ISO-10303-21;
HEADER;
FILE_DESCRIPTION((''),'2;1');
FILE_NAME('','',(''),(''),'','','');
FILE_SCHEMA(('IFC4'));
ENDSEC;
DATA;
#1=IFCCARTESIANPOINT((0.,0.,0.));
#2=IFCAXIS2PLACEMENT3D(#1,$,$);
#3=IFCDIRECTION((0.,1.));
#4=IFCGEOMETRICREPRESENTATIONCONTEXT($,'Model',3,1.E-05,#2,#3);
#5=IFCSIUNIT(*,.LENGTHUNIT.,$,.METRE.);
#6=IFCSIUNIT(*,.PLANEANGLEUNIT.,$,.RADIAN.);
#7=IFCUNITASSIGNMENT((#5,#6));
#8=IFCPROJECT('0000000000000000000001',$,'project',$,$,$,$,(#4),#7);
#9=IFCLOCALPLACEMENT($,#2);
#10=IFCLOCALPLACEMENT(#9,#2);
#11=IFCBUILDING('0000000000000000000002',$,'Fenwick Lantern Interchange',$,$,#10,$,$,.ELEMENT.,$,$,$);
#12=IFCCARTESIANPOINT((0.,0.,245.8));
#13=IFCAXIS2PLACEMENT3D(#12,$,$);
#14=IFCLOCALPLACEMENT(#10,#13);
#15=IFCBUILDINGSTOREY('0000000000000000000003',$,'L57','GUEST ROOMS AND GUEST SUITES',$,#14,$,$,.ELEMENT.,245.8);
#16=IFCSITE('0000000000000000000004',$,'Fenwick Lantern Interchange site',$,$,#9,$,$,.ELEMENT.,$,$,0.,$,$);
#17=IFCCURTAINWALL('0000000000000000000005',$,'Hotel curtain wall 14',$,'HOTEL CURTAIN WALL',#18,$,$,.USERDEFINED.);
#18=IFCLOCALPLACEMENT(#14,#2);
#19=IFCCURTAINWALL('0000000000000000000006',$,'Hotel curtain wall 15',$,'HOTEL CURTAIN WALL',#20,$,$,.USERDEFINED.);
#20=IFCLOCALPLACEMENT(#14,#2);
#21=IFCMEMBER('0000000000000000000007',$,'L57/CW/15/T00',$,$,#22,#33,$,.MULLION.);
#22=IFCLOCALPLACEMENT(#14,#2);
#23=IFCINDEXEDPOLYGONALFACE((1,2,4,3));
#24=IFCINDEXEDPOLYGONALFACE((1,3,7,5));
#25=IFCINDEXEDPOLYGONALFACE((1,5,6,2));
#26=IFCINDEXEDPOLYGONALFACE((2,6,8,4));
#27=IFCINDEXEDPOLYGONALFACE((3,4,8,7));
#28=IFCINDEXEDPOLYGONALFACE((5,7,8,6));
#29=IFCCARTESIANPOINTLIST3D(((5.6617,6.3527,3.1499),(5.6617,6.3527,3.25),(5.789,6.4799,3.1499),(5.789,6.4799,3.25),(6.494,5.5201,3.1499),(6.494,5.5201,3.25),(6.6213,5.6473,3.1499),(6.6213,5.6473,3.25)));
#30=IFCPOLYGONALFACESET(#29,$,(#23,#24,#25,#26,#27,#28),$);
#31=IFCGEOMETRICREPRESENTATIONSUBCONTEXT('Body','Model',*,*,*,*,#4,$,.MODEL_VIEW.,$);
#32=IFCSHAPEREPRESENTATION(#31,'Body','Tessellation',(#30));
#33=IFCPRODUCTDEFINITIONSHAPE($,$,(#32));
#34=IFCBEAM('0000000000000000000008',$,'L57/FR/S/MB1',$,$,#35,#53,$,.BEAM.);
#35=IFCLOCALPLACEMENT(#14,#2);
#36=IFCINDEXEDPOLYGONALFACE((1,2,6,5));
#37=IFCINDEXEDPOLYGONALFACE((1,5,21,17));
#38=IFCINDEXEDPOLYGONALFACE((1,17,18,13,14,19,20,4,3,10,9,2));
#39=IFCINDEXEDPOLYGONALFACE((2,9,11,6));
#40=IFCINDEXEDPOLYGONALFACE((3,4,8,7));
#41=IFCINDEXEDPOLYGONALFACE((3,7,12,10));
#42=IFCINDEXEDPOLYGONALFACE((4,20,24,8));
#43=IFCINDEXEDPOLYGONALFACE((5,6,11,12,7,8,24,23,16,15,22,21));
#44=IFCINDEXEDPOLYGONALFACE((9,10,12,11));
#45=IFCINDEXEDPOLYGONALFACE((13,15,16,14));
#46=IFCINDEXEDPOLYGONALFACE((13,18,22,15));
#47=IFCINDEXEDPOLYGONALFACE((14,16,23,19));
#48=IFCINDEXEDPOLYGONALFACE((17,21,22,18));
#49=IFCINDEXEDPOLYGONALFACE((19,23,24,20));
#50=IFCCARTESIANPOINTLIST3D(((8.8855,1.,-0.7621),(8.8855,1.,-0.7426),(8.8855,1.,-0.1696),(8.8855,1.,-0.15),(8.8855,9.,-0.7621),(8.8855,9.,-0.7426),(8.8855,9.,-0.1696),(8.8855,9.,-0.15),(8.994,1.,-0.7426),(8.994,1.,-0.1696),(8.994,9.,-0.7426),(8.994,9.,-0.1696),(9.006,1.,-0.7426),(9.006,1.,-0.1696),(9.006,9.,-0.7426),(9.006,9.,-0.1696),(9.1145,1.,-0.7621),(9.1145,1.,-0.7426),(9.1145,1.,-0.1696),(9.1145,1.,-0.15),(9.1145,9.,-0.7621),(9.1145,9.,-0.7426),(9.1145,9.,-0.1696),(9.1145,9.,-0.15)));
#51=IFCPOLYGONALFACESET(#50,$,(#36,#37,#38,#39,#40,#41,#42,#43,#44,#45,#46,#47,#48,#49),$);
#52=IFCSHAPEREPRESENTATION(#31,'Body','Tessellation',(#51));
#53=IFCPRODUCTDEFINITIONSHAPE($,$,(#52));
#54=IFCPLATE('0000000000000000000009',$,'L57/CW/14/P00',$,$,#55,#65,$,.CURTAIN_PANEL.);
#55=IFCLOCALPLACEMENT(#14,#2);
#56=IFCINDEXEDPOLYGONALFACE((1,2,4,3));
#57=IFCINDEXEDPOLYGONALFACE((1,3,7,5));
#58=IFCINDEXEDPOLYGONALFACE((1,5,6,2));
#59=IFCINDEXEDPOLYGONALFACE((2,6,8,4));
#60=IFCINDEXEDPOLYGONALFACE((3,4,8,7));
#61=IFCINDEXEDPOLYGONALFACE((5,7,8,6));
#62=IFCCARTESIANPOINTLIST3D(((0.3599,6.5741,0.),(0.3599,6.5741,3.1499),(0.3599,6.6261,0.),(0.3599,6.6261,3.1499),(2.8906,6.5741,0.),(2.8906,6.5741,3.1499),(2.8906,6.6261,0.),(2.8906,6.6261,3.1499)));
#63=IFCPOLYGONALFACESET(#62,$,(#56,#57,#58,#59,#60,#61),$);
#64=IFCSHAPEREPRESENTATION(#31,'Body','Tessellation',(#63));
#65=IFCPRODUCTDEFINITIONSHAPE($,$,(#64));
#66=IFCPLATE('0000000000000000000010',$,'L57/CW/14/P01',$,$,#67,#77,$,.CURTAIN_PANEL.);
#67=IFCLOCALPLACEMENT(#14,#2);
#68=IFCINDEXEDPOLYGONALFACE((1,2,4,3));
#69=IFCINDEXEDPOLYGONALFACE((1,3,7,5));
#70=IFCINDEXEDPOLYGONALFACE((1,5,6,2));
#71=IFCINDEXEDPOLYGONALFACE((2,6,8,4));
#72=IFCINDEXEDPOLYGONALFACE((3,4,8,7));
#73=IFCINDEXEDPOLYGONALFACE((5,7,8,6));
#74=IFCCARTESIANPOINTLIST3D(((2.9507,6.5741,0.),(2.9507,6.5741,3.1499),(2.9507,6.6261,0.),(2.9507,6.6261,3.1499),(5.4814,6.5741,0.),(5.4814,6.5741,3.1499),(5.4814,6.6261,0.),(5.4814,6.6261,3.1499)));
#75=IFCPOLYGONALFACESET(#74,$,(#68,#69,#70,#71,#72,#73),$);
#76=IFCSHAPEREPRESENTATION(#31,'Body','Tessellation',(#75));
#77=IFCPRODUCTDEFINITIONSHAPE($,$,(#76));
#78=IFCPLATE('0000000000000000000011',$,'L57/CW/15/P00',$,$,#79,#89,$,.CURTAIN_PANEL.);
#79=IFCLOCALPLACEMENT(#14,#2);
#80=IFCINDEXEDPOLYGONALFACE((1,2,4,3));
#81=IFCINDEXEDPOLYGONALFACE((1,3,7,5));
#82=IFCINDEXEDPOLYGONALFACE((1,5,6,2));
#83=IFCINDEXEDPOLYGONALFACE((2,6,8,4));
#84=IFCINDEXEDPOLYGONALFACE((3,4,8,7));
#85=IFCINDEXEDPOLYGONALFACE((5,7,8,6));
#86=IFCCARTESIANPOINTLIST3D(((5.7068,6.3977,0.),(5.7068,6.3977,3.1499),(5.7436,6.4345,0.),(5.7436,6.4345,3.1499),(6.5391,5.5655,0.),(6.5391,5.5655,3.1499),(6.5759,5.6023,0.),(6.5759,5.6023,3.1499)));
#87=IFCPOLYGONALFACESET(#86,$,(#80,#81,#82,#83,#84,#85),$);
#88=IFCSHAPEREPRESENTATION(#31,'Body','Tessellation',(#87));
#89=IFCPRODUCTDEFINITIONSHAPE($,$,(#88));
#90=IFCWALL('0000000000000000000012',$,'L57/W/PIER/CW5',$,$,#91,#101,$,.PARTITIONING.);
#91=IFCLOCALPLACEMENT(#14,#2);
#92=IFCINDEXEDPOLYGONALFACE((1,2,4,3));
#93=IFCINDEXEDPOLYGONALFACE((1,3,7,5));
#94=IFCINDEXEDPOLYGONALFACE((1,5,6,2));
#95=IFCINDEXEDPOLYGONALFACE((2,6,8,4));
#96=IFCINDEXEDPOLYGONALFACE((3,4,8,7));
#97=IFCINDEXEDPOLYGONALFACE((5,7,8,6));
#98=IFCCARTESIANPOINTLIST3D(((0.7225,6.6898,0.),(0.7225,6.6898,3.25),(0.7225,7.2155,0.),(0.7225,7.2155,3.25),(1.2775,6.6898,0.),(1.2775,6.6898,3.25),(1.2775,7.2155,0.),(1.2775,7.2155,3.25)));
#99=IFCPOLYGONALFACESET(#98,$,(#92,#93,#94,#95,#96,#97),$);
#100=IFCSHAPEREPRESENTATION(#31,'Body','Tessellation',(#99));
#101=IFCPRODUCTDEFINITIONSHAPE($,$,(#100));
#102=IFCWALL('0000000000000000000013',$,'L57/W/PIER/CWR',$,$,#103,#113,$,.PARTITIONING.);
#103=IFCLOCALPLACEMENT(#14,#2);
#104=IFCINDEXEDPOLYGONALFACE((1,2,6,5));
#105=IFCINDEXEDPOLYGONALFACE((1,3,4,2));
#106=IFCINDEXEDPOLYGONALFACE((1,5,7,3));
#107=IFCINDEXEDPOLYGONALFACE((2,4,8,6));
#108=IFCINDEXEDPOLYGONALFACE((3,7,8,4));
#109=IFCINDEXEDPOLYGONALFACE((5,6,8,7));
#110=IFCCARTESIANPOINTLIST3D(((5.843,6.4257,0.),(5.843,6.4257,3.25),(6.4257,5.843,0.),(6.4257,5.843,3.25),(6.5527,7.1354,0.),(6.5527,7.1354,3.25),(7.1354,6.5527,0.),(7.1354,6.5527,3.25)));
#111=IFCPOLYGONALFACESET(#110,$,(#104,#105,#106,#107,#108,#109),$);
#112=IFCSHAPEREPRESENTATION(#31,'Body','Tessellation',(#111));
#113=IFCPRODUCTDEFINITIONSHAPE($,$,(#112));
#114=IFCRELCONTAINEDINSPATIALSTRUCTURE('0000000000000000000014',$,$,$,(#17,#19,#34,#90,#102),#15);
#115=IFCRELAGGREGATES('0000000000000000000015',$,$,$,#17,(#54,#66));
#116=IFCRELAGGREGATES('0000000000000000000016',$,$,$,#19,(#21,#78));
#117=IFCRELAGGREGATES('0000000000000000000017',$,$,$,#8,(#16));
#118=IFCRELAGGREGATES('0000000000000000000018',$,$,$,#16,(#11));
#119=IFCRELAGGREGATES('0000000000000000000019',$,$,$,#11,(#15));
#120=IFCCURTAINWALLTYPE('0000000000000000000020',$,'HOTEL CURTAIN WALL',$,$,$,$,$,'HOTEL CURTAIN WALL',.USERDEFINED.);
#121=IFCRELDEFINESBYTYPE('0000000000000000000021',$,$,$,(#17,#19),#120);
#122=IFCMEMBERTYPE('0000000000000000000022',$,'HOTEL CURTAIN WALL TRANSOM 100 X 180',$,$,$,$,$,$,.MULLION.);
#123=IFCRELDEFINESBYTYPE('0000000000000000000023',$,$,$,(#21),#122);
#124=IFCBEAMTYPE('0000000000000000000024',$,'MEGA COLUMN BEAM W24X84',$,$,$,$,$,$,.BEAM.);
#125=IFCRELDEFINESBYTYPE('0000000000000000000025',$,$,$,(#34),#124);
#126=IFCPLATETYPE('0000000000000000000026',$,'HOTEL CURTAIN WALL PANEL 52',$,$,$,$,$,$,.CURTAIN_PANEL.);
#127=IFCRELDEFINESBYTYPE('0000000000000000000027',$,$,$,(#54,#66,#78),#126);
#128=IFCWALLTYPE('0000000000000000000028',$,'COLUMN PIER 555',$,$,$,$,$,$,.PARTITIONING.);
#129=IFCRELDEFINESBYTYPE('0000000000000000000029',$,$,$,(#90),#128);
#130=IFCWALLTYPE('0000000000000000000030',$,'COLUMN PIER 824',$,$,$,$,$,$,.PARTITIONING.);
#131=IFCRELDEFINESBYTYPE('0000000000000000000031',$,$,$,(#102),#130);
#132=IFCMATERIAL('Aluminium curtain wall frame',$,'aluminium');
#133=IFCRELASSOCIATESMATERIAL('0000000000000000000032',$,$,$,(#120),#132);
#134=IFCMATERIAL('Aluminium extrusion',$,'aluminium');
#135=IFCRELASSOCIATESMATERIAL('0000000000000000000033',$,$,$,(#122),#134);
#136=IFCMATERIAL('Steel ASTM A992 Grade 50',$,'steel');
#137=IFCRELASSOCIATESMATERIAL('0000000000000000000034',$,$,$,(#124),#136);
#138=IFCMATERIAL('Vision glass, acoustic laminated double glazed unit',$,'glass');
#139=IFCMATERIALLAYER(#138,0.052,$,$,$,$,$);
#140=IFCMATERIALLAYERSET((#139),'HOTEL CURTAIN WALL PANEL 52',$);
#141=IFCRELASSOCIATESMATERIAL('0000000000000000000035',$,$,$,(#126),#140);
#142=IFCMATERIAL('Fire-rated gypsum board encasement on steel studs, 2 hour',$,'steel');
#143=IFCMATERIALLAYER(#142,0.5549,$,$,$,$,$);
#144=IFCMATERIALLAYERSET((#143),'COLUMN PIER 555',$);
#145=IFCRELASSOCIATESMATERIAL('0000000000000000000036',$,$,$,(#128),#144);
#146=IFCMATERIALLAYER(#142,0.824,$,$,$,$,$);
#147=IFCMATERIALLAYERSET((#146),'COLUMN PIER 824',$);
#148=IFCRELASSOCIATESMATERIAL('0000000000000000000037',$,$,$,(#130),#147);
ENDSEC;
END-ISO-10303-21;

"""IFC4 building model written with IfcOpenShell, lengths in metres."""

from ifc_helpers import new_model, si_unit, direction, frame, frame_2d, origin, origin_2d, place, context, subcontext, project, spatial, rectangle, i_section, extrude, material, layer, layer_set, material_profile, profile_set, type_object, element, aggregate, save


model = new_model("IFC4")

# Units and contexts
model_context = context("Model", 3, precision=1e-05, world=origin(), true_north=direction((0.0, 1.0)))
body_context = subcontext(model_context, "Body", "Model", "MODEL_VIEW")
ifc_project = project(units=[si_unit("LENGTHUNIT", "METRE"), si_unit("PLANEANGLEUNIT", "RADIAN")], contexts=[model_context])

# Site, building, storey
site_placement = place(None, origin())
site = spatial("IfcSite", under=ifc_project, at=site_placement, Name="Fenwick Lantern Interchange site", CompositionType="ELEMENT", RefElevation=0.0)
building_placement = place(site_placement, origin())
building = spatial("IfcBuilding", under=site, at=building_placement, Name="Fenwick Lantern Interchange", CompositionType="ELEMENT")
storey_placement = place(building_placement, frame((0.0, 0.0, 245.8)))
storey = spatial("IfcBuildingStorey", under=building, at=storey_placement, Name="L57", Description="GUEST ROOMS AND GUEST SUITES", CompositionType="ELEMENT", Elevation=245.8)

# Shared definitions
ifc_material_1 = material(Name="Steel ASTM A992 Grade 50", Category="steel")

# Shared definitions
ifc_material_2 = material(Name="Aluminium curtain wall frame", Category="aluminium")
curtain_wall_type = type_object("IfcCurtainWallType", Name="HOTEL CURTAIN WALL", ElementType="HOTEL CURTAIN WALL", PredefinedType="USERDEFINED", material=ifc_material_2)
ifc_material_3 = material(Name="Aluminium extrusion", Category="aluminium")

# Curtain wall
curtain_wall_1_placement = place(storey_placement, origin())
curtain_wall_1 = element("IfcCurtainWall", 1, at=curtain_wall_1_placement, inside=storey, type_object=curtain_wall_type, Name="Hotel curtain wall 14", ObjectType="HOTEL CURTAIN WALL", PredefinedType="USERDEFINED")

# Curtain wall
curtain_wall_2_placement = place(storey_placement, origin())
curtain_wall_2 = element("IfcCurtainWall", 2, at=curtain_wall_2_placement, inside=storey, type_object=curtain_wall_type, Name="Hotel curtain wall 15", ObjectType="HOTEL CURTAIN WALL", PredefinedType="USERDEFINED")

# Member
ifc_material_profile_1 = material_profile(ifc_material_3, rectangle(XDim=0.1799, YDim=0.1001, at=origin_2d()), Name="HOTEL CURTAIN WALL TRANSOM 100 X 180")
ifc_profile_set_1 = profile_set([ifc_material_profile_1], Name="Aluminium extrusion")
member_type_1 = type_object("IfcMemberType", Name="HOTEL CURTAIN WALL TRANSOM 100 X 180", PredefinedType="MULLION", material=ifc_profile_set_1)
member_1_placement = place(storey_placement, frame((5.7253, 6.4163, 3.2), z_axis=(0.707003, -0.70721, 0.0), x_axis=(0.70721, 0.707003, 0.0)))
member_1 = element("IfcMember", 3, at=member_1_placement, type_object=member_type_1, Name="L57/CW/15/T00", PredefinedType="MULLION", context=body_context, shape_type="SweptSolid", body=[
    extrude(rectangle(XDim=0.1799, YDim=0.1001, at=origin_2d()), origin(), (0.0, 0.0, 1.0), 1.1772),
])

# Beam
ifc_material_profile_2 = material_profile(ifc_material_1, i_section(OverallWidth=0.229, OverallDepth=0.6121, WebThickness=0.012, FlangeThickness=0.0195, at=origin_2d()), Name="W24X84")
ifc_profile_set_2 = profile_set([ifc_material_profile_2], Name="Steel ASTM A992 Grade 50")
beam_type_1 = type_object("IfcBeamType", Name="MEGA COLUMN BEAM W24X84", PredefinedType="BEAM", material=ifc_profile_set_2)
beam_placement = place(storey_placement, frame((9.0, 9.0, -0.4561), z_axis=(0.0, -1.0, 0.0), x_axis=(1.0, 0.0, 0.0)))
element("IfcBeam", 4, at=beam_placement, inside=storey, type_object=beam_type_1, Name="L57/FR/S/MB1", PredefinedType="BEAM", context=body_context, shape_type="SweptSolid", body=[
    extrude(i_section(OverallWidth=0.229, OverallDepth=0.6121, WebThickness=0.012, FlangeThickness=0.0195, at=origin_2d()), origin(), (0.0, 0.0, 1.0), 8.0),
])

# Plates
ifc_material_4 = material(Name="Vision glass, acoustic laminated double glazed unit", Category="glass")
ifc_layer_1 = layer(ifc_material_4, 0.052)
ifc_layer_set_1 = layer_set([ifc_layer_1], Name="HOTEL CURTAIN WALL PANEL 52")
plate_type = type_object("IfcPlateType", Name="HOTEL CURTAIN WALL PANEL 52", PredefinedType="CURTAIN_PANEL", material=ifc_layer_set_1)
plate_1_placement = place(storey_placement, frame((1.6252, 6.6001, 0.0), z_axis=(0.0, 0.0, 1.0), x_axis=(1.0, 0.0, 0.0)))
plate_1 = element("IfcPlate", 5, at=plate_1_placement, type_object=plate_type, Name="L57/CW/14/P00", PredefinedType="CURTAIN_PANEL", context=body_context, shape_type="SweptSolid", body=[
    extrude(rectangle(XDim=2.5308, YDim=0.052, at=origin_2d()), origin(), (0.0, 0.0, 1.0), 3.1499),
])
plate_2_placement = place(storey_placement, frame((4.2161, 6.6001, 0.0), z_axis=(0.0, 0.0, 1.0), x_axis=(1.0, 0.0, 0.0)))
plate_2 = element("IfcPlate", 6, at=plate_2_placement, type_object=plate_type, Name="L57/CW/14/P01", PredefinedType="CURTAIN_PANEL", context=body_context, shape_type="SweptSolid", body=[
    extrude(rectangle(XDim=2.5308, YDim=0.052, at=origin_2d()), origin(), (0.0, 0.0, 1.0), 3.1499),
])
aggregate(curtain_wall_1, [plate_1, plate_2])
plate_3_placement = place(storey_placement, frame((6.1414, 6.0, 0.0), z_axis=(0.0, 0.0, 1.0), x_axis=(0.707107, -0.707107, 0.0)))
plate_3 = element("IfcPlate", 7, at=plate_3_placement, type_object=plate_type, Name="L57/CW/15/P00", PredefinedType="CURTAIN_PANEL", context=body_context, shape_type="SweptSolid", body=[
    extrude(rectangle(XDim=1.177, YDim=0.052, at=origin_2d()), origin(), (0.0, 0.0, 1.0), 3.1499),
])
aggregate(curtain_wall_2, [member_1, plate_3])

# Walls
ifc_material_5 = material(Name="Fire-rated gypsum board encasement on steel studs, 2 hour", Category="steel")
ifc_layer_2 = layer(ifc_material_5, 0.5549)
ifc_layer_set_2 = layer_set([ifc_layer_2], Name="COLUMN PIER 555")
wall_type_1 = type_object("IfcWallType", Name="COLUMN PIER 555", PredefinedType="PARTITIONING", material=ifc_layer_set_2)
wall_1_placement = place(storey_placement, frame((1.0, 6.6899, 0.0), z_axis=(0.0, 0.0, 1.0), x_axis=(0.0, 1.0, 0.0)))
element("IfcWall", 8, at=wall_1_placement, inside=storey, type_object=wall_type_1, Name="L57/W/PIER/CW5", PredefinedType="PARTITIONING", context=body_context, shape_type="SweptSolid", body=[
    extrude(rectangle(XDim=0.5256, YDim=0.5549, at=frame_2d((0.2627, 0.0))), origin(), (0.0, 0.0, 1.0), 3.25),
])
ifc_layer_3 = layer(ifc_material_5, 0.824)
ifc_layer_set_3 = layer_set([ifc_layer_3], Name="COLUMN PIER 824")
wall_type_2 = type_object("IfcWallType", Name="COLUMN PIER 824", PredefinedType="PARTITIONING", material=ifc_layer_set_3)
wall_2_placement = place(storey_placement, frame((6.1343, 6.1343, 0.0), z_axis=(0.0, 0.0, 1.0), x_axis=(0.707107, 0.707107, 0.0)))
element("IfcWall", 9, at=wall_2_placement, inside=storey, type_object=wall_type_2, Name="L57/W/PIER/CWR", PredefinedType="PARTITIONING", context=body_context, shape_type="SweptSolid", body=[
    extrude(rectangle(XDim=1.0037, YDim=0.824, at=frame_2d((0.502, 0.0))), origin(), (0.0, 0.0, 1.0), 3.25),
])

save(model, "model.ifc")
